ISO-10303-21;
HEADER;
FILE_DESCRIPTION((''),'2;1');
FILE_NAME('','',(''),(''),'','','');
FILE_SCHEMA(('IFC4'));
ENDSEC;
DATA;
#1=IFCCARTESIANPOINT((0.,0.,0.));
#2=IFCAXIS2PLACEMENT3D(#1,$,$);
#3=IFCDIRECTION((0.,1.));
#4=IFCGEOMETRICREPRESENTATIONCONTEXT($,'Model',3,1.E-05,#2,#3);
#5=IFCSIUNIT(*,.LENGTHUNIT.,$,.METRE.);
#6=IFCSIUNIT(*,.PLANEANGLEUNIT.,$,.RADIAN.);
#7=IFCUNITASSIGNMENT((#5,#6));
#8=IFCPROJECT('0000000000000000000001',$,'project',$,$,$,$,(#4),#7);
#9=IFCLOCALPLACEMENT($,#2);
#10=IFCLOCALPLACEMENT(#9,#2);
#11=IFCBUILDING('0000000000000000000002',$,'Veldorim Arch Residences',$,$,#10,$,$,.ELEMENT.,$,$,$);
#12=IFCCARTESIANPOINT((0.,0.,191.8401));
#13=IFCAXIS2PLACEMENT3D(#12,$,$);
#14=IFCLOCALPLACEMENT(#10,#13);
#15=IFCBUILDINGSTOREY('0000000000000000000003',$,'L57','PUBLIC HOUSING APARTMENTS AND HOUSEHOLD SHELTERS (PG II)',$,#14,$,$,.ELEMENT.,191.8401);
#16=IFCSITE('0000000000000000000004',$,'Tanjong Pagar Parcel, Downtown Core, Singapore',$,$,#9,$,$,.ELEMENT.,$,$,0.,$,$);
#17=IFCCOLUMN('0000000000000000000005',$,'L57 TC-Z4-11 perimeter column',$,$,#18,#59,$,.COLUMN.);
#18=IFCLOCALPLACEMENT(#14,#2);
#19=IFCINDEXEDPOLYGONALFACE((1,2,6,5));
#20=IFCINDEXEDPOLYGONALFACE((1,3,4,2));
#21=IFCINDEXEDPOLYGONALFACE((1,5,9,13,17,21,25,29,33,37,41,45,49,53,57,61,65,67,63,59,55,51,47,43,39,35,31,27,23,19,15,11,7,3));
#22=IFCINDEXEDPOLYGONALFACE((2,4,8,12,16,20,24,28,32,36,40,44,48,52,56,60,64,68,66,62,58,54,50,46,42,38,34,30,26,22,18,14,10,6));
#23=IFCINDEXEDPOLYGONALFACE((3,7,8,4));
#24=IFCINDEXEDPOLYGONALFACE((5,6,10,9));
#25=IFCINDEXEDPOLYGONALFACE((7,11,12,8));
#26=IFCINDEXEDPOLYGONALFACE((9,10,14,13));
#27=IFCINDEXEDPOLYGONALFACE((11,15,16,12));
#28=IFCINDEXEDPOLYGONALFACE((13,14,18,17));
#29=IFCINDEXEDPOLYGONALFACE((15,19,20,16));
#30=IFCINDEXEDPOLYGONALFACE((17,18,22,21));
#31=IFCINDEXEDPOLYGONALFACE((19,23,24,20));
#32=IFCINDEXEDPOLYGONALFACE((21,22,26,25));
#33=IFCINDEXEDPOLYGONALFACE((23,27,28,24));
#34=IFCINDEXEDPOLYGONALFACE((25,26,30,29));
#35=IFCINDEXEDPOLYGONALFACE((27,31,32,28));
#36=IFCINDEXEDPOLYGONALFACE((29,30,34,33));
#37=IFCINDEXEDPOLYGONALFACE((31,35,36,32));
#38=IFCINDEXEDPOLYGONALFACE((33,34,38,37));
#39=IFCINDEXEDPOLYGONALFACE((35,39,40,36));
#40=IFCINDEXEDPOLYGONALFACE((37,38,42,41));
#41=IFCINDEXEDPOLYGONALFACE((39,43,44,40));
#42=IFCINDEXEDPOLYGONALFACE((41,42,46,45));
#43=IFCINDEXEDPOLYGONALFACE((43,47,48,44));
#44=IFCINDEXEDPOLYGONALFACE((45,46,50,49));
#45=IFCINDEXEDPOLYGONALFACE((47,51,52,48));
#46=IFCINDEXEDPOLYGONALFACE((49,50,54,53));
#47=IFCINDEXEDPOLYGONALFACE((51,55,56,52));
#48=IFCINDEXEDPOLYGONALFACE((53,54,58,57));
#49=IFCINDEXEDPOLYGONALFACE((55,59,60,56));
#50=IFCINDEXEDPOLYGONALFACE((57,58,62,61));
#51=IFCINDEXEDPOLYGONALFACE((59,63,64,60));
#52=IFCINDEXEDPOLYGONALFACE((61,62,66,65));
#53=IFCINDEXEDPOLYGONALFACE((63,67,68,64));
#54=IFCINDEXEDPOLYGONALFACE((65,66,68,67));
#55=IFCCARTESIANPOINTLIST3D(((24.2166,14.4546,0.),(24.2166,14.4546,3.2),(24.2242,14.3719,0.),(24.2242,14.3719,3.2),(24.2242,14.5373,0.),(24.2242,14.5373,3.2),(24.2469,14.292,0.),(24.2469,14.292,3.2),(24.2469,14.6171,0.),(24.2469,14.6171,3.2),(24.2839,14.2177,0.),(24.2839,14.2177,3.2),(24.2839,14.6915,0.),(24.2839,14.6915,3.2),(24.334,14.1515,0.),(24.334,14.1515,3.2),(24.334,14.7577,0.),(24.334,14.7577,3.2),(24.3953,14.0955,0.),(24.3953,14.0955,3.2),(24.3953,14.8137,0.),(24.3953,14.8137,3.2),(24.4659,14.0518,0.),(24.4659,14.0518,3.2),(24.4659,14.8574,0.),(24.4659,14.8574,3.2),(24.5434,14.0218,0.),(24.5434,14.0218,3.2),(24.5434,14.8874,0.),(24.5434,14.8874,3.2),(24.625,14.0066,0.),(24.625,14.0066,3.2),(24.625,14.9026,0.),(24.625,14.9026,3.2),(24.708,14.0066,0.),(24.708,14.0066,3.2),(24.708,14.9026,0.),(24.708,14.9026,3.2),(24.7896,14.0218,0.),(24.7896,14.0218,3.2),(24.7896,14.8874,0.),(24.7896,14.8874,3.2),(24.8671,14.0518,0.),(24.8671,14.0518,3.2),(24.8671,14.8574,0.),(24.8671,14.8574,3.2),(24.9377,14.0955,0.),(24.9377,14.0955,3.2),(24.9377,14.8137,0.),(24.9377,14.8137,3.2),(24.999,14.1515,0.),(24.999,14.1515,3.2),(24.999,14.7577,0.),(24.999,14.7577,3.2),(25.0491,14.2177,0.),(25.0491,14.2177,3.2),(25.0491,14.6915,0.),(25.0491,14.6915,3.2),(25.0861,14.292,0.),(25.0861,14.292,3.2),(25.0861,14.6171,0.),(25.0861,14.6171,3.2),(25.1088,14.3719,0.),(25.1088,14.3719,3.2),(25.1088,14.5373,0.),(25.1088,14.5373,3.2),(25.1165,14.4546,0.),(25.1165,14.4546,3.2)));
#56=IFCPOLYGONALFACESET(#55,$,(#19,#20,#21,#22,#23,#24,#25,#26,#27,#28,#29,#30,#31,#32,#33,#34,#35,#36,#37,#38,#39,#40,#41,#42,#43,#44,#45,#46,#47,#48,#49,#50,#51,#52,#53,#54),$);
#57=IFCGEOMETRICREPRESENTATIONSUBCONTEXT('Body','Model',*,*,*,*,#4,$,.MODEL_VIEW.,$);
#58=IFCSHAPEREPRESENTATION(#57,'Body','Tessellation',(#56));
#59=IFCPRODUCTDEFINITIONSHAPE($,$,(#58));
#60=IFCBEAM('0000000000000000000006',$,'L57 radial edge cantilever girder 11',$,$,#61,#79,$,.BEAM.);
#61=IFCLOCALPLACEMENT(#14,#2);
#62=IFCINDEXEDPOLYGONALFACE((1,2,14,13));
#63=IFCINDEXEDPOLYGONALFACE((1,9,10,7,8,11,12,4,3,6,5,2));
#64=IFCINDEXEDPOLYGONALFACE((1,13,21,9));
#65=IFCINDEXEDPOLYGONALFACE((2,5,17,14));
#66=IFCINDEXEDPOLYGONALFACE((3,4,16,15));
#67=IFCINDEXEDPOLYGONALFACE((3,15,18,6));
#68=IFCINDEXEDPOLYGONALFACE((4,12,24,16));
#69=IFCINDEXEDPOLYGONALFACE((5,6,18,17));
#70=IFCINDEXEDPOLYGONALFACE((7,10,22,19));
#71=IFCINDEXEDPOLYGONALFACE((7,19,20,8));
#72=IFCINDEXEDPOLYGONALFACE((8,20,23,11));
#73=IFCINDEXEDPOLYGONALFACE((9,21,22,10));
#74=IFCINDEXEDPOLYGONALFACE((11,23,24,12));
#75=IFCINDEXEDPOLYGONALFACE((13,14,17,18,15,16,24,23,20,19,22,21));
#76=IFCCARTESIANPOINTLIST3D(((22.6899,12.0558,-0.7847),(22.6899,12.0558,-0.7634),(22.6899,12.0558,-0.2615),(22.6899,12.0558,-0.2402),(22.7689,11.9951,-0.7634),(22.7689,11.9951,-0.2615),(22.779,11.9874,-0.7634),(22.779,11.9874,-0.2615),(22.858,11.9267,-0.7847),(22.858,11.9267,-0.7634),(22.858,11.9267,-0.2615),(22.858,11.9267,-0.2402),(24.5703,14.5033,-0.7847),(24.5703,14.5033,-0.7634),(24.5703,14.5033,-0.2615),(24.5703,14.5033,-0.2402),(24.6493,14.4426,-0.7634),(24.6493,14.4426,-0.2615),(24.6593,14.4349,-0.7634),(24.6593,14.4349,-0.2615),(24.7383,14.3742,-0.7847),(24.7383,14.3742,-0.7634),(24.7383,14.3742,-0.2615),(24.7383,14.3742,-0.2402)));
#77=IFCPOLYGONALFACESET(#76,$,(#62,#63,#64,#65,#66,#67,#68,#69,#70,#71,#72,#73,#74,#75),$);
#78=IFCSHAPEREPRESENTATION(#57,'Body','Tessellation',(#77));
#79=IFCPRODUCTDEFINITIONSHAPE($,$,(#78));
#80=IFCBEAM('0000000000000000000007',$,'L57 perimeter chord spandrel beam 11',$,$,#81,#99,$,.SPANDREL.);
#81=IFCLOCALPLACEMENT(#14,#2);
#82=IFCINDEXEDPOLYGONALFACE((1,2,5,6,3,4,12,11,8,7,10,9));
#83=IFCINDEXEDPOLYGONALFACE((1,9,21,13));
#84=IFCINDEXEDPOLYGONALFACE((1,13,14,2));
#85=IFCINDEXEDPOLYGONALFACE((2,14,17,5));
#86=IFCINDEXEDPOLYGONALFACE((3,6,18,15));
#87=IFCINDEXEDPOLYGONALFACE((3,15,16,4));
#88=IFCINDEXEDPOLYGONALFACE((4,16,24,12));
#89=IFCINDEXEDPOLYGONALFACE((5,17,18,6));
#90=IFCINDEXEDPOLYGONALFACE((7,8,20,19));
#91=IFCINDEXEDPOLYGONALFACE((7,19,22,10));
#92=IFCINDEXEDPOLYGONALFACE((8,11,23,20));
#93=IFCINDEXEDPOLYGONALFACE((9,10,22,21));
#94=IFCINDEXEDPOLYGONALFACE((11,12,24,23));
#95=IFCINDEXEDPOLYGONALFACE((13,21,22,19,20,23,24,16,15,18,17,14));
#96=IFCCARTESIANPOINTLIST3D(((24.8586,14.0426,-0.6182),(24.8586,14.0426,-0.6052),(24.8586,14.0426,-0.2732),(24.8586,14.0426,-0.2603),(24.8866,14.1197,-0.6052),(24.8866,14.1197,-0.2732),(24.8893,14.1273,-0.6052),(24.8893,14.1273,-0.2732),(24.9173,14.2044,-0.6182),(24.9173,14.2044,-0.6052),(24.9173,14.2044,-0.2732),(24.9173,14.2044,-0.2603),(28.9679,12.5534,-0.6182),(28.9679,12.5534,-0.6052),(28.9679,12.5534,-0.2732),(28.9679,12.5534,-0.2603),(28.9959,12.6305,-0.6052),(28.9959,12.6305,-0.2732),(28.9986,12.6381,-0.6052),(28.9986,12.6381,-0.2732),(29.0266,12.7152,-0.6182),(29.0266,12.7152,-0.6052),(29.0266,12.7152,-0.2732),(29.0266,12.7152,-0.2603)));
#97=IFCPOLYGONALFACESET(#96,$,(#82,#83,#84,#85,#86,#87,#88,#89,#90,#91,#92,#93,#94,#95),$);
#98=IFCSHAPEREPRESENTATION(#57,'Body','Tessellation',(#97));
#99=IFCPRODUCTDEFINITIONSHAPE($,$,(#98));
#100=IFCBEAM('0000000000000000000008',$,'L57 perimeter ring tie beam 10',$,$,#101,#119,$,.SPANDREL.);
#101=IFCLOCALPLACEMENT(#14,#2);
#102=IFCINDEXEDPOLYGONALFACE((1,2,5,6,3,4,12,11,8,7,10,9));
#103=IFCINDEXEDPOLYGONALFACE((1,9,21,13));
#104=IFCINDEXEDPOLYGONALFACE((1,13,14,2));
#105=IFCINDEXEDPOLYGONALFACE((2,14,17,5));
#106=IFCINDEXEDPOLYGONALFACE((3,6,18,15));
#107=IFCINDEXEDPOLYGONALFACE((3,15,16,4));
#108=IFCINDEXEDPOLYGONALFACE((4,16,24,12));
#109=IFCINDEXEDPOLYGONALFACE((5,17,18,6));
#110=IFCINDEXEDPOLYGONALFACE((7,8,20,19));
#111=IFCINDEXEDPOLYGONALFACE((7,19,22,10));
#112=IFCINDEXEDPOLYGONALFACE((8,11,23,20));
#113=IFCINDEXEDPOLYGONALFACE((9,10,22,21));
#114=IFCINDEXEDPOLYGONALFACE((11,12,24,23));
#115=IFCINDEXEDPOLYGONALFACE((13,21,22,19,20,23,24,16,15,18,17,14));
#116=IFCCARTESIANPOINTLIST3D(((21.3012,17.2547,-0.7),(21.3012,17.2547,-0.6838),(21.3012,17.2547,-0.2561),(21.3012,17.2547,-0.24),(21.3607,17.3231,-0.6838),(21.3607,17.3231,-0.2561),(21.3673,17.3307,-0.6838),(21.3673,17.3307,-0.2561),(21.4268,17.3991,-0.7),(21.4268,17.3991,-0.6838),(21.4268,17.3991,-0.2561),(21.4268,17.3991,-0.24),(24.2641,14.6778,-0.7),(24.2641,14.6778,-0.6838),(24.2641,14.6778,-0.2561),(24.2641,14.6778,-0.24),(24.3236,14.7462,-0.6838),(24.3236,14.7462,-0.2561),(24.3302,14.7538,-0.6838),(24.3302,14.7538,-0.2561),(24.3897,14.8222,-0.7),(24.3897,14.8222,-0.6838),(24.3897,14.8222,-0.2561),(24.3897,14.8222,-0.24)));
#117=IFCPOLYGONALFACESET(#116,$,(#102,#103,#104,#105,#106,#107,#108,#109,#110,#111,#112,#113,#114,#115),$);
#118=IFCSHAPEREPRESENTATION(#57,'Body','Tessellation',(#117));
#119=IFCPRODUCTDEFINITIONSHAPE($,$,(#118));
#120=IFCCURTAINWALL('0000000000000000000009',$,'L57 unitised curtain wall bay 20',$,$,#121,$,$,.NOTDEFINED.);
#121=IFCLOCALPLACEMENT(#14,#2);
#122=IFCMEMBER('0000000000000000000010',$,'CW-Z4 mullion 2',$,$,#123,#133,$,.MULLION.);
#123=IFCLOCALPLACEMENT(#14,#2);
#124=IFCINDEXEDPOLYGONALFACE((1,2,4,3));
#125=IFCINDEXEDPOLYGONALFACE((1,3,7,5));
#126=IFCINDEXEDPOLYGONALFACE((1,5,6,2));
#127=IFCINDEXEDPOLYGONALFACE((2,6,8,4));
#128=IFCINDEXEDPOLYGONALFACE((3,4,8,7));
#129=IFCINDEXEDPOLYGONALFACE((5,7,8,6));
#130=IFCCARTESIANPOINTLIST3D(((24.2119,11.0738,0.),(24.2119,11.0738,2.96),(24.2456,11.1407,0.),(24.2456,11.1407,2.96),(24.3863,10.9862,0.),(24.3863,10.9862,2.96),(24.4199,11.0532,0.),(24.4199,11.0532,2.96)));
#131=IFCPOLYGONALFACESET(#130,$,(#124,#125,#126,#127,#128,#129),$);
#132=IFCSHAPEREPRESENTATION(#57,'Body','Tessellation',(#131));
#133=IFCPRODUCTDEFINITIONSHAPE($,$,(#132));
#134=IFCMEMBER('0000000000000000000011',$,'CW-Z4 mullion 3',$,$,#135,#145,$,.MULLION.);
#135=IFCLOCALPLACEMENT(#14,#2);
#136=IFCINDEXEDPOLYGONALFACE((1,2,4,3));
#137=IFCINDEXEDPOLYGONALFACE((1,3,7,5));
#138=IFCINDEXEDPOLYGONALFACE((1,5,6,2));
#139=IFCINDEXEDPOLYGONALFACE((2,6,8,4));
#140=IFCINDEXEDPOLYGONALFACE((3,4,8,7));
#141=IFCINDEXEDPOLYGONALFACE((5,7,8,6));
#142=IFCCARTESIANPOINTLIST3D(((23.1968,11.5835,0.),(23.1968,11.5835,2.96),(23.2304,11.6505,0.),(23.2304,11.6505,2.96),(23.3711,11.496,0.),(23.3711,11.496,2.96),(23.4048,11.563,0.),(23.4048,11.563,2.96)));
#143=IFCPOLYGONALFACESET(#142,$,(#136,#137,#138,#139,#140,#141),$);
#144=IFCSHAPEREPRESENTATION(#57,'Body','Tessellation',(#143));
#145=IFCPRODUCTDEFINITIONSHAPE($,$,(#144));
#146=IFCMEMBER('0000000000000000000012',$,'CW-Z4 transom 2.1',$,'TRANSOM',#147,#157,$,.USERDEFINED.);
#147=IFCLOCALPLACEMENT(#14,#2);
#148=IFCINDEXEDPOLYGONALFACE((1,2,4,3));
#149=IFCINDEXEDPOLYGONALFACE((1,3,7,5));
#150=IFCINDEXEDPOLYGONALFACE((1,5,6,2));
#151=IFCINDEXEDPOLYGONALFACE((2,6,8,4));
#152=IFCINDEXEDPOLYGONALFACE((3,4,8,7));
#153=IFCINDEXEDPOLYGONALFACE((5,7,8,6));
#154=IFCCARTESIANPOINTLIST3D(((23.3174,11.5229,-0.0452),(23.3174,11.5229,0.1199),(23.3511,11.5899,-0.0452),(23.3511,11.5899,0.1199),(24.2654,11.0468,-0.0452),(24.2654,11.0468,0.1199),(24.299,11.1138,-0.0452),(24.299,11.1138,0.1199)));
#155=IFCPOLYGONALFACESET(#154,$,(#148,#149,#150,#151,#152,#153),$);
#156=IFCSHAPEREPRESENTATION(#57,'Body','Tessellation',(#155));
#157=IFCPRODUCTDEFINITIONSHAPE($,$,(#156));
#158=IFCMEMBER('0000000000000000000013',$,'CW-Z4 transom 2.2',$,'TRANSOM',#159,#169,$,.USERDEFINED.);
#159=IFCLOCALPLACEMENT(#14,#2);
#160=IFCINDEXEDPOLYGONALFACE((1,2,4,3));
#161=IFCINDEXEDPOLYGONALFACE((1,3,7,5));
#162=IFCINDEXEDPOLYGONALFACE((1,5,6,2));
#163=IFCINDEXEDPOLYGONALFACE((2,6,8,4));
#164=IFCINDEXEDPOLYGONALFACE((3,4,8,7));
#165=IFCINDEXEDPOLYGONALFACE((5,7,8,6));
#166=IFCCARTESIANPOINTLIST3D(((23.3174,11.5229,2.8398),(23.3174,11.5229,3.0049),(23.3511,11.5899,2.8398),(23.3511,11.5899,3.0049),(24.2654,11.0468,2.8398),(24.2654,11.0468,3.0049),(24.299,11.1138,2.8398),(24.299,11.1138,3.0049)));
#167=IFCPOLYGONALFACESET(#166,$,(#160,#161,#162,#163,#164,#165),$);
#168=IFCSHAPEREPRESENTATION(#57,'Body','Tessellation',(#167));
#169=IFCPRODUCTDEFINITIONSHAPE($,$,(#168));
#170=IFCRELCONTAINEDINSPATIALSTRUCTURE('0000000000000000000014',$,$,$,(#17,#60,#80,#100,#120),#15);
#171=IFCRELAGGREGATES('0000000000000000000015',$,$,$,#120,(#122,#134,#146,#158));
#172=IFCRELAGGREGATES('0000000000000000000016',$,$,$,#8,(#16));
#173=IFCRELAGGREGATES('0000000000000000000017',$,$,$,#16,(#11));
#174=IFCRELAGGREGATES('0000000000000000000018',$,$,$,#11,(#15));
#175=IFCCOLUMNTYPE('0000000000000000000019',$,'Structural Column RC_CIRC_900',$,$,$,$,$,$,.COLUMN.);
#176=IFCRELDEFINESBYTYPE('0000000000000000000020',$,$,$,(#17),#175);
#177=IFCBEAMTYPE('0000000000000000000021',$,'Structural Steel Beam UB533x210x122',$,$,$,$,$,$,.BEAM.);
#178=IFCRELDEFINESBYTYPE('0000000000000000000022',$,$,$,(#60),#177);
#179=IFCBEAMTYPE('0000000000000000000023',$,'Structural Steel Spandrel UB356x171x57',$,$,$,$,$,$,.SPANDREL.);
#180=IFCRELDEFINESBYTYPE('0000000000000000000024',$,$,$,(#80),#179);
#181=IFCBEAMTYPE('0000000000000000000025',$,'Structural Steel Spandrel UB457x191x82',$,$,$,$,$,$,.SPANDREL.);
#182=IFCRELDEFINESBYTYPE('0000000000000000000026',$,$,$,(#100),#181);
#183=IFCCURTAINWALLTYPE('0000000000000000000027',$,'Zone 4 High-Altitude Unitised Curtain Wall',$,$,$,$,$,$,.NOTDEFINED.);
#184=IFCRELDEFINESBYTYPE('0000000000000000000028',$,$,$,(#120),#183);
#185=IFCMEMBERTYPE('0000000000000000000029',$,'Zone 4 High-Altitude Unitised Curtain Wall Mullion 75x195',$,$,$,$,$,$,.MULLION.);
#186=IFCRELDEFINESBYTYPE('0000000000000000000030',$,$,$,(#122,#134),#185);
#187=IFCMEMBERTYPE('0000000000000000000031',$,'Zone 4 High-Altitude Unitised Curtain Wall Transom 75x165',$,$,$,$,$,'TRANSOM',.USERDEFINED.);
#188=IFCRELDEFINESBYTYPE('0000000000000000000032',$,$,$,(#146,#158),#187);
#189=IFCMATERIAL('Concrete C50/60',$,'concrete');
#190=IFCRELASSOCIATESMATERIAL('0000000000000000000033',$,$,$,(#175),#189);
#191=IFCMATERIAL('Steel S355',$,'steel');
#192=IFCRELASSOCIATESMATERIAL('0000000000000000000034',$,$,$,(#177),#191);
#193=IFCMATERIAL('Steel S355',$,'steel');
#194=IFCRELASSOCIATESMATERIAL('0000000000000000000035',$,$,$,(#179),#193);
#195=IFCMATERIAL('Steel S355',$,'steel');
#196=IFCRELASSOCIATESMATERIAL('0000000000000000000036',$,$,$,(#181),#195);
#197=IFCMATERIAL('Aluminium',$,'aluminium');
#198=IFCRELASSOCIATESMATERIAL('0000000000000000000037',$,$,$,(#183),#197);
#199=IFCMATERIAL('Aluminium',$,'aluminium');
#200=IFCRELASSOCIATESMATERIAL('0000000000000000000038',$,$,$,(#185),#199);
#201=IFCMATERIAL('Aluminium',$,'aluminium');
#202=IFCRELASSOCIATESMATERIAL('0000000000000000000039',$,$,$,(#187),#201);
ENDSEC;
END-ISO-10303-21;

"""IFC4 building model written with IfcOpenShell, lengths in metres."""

from ifc_helpers import new_model, si_unit, direction, frame, origin, origin_2d, place, context, subcontext, project, spatial, rectangle, circle, i_section, extrude, material, material_profile, profile_set, type_object, element, aggregate, save


model = new_model("IFC4")

# Units and contexts
model_context = context("Model", 3, precision=1e-05, world=origin(), true_north=direction((0.0, 1.0)))
body_context = subcontext(model_context, "Body", "Model", "MODEL_VIEW")
ifc_project = project(units=[si_unit("LENGTHUNIT", "METRE"), si_unit("PLANEANGLEUNIT", "RADIAN")], contexts=[model_context])

# Site, building, storey
site_placement = place(None, origin())
site = spatial("IfcSite", under=ifc_project, at=site_placement, Name="Tanjong Pagar Parcel, Downtown Core, Singapore", CompositionType="ELEMENT", RefElevation=0.0)
building_placement = place(site_placement, origin())
building = spatial("IfcBuilding", under=site, at=building_placement, Name="Veldorim Arch Residences", CompositionType="ELEMENT")
storey_placement = place(building_placement, frame((0.0, 0.0, 191.8401)))
storey = spatial("IfcBuildingStorey", under=building, at=storey_placement, Name="L57", Description="PUBLIC HOUSING APARTMENTS AND HOUSEHOLD SHELTERS (PG II)", CompositionType="ELEMENT", Elevation=191.8401)

# Column
ifc_material_1 = material(Name="Concrete C50/60", Category="concrete")
ifc_material_profile_1 = material_profile(ifc_material_1, circle(Radius=0.45, at=origin_2d()), Name="RC_CIRC_900")
ifc_profile_set_1 = profile_set([ifc_material_profile_1], Name="Concrete C50/60")
column_type = type_object("IfcColumnType", Name="Structural Column RC_CIRC_900", PredefinedType="COLUMN", material=ifc_profile_set_1)
column_placement = place(storey_placement, frame((24.6665, 14.4546, 0.0), z_axis=(0.0, 0.0, 1.0), x_axis=(1.0, 0.0, 0.0)))
element("IfcColumn", 1, at=column_placement, inside=storey, type_object=column_type, Name="L57 TC-Z4-11 perimeter column", PredefinedType="COLUMN", context=body_context, shape_type="SweptSolid", body=[
    extrude(circle(Radius=0.45, at=origin_2d()), origin(), (0.0, 0.0, 1.0), 3.2),
])

# Beams
ifc_material_2 = material(Name="Steel S355", Category="steel")
ifc_material_profile_2 = material_profile(ifc_material_2, i_section(OverallWidth=0.2119, OverallDepth=0.5444, WebThickness=0.0127, FlangeThickness=0.0212, at=origin_2d()), Name="UB533x210x122")
ifc_profile_set_2 = profile_set([ifc_material_profile_2], Name="Steel S355")
beam_type_1 = type_object("IfcBeamType", Name="Structural Steel Beam UB533x210x122", PredefinedType="BEAM", material=ifc_profile_set_2)
beam_1_placement = place(storey_placement, frame((24.6543, 14.4387, -0.5125), z_axis=(-0.609237, -0.792988, 0.0), x_axis=(0.792988, -0.609237, 0.0)))
element("IfcBeam", 2, at=beam_1_placement, inside=storey, type_object=beam_type_1, Name="L57 radial edge cantilever girder 11", PredefinedType="BEAM", context=body_context, shape_type="SweptSolid", body=[
    extrude(i_section(OverallWidth=0.2119, OverallDepth=0.5444, WebThickness=0.0127, FlangeThickness=0.0212, at=origin_2d()), origin(), (0.0, 0.0, 1.0), 3.0864),
])
ifc_material_3 = material(Name="Steel S355", Category="steel")
ifc_material_profile_3 = material_profile(ifc_material_3, i_section(OverallWidth=0.1721, OverallDepth=0.3579, WebThickness=0.0081, FlangeThickness=0.0129, at=origin_2d()), Name="UB356x171x57")
ifc_profile_set_3 = profile_set([ifc_material_profile_3], Name="Steel S355")
beam_type_2 = type_object("IfcBeamType", Name="Structural Steel Spandrel UB356x171x57", PredefinedType="SPANDREL", material=ifc_profile_set_3)
beam_2_placement = place(storey_placement, frame((24.8879, 14.1235, -0.4392), z_axis=(0.940165, -0.34072, 0.0), x_axis=(0.34072, 0.940165, 0.0)))
element("IfcBeam", 3, at=beam_2_placement, inside=storey, type_object=beam_type_2, Name="L57 perimeter chord spandrel beam 11", PredefinedType="SPANDREL", context=body_context, shape_type="SweptSolid", body=[
    extrude(i_section(OverallWidth=0.1721, OverallDepth=0.3579, WebThickness=0.0081, FlangeThickness=0.0129, at=origin_2d()), origin(), (0.0, 0.0, 1.0), 4.3708),
])
ifc_material_4 = material(Name="Steel S355", Category="steel")
ifc_material_profile_4 = material_profile(ifc_material_4, i_section(OverallWidth=0.1914, OverallDepth=0.46, WebThickness=0.01, FlangeThickness=0.0161, at=origin_2d()), Name="UB457x191x82")
ifc_profile_set_4 = profile_set([ifc_material_profile_4], Name="Steel S355")
beam_type_3 = type_object("IfcBeamType", Name="Structural Steel Spandrel UB457x191x82", PredefinedType="SPANDREL", material=ifc_profile_set_4)
beam_3_placement = place(storey_placement, frame((21.364, 17.3269, -0.47), z_axis=(0.754545, -0.656248, 0.0), x_axis=(0.656248, 0.754545, 0.0)))
element("IfcBeam", 4, at=beam_3_placement, inside=storey, type_object=beam_type_3, Name="L57 perimeter ring tie beam 10", PredefinedType="SPANDREL", context=body_context, shape_type="SweptSolid", body=[
    extrude(i_section(OverallWidth=0.1914, OverallDepth=0.46, WebThickness=0.01, FlangeThickness=0.0161, at=origin_2d()), origin(), (0.0, 0.0, 1.0), 3.9268),
])

# Curtain wall, members
ifc_material_5 = material(Name="Aluminium", Category="aluminium")
curtain_wall_type = type_object("IfcCurtainWallType", Name="Zone 4 High-Altitude Unitised Curtain Wall", PredefinedType="NOTDEFINED", material=ifc_material_5)
curtain_wall_placement = place(storey_placement, origin())
curtain_wall = element("IfcCurtainWall", 5, at=curtain_wall_placement, inside=storey, type_object=curtain_wall_type, Name="L57 unitised curtain wall bay 20", PredefinedType="NOTDEFINED")
ifc_material_6 = material(Name="Aluminium", Category="aluminium")
ifc_material_profile_5 = material_profile(ifc_material_6, rectangle(XDim=0.075, YDim=0.1951, at=origin_2d()), Name="ALU_MUL_75x195")
ifc_profile_set_5 = profile_set([ifc_material_profile_5], Name="Aluminium")
member_type_1 = type_object("IfcMemberType", Name="Zone 4 High-Altitude Unitised Curtain Wall Mullion 75x195", PredefinedType="MULLION", material=ifc_profile_set_5)
member_1_placement = place(storey_placement, frame((24.3159, 11.0635, 0.0), z_axis=(0.0, 0.0, 1.0), x_axis=(-0.448866, -0.893599, 0.0)))
member_1 = element("IfcMember", 6, at=member_1_placement, type_object=member_type_1, Name="CW-Z4 mullion 2", PredefinedType="MULLION", context=body_context, shape_type="SweptSolid", body=[
    extrude(rectangle(XDim=0.075, YDim=0.1951, at=origin_2d()), origin(), (0.0, 0.0, 1.0), 2.96),
])
member_2_placement = place(storey_placement, frame((23.3008, 11.5732, 0.0), z_axis=(0.0, 0.0, 1.0), x_axis=(-0.448866, -0.893599, 0.0)))
member_2 = element("IfcMember", 7, at=member_2_placement, type_object=member_type_1, Name="CW-Z4 mullion 3", PredefinedType="MULLION", context=body_context, shape_type="SweptSolid", body=[
    extrude(rectangle(XDim=0.075, YDim=0.1951, at=origin_2d()), origin(), (0.0, 0.0, 1.0), 2.96),
])
ifc_material_7 = material(Name="Aluminium", Category="aluminium")
ifc_material_profile_6 = material_profile(ifc_material_7, rectangle(XDim=0.075, YDim=0.165, at=origin_2d()), Name="ALU_TRN_75x165")
ifc_profile_set_6 = profile_set([ifc_material_profile_6], Name="Aluminium")
member_type_2 = type_object("IfcMemberType", Name="Zone 4 High-Altitude Unitised Curtain Wall Transom 75x165", ElementType="TRANSOM", PredefinedType="USERDEFINED", material=ifc_profile_set_6)
member_3_placement = place(storey_placement, frame((24.2822, 11.0803, 0.0374), z_axis=(-0.893643, 0.448778, 0.0), x_axis=(-0.448778, -0.893643, 0.0)))
member_3 = element("IfcMember", 8, at=member_3_placement, type_object=member_type_2, Name="CW-Z4 transom 2.1", ObjectType="TRANSOM", PredefinedType="USERDEFINED", context=body_context, shape_type="SweptSolid", body=[
    extrude(rectangle(XDim=0.075, YDim=0.165, at=origin_2d()), origin(), (0.0, 0.0, 1.0), 1.0608),
])
member_4_placement = place(storey_placement, frame((24.2822, 11.0803, 2.9224), z_axis=(-0.893643, 0.448778, 0.0), x_axis=(-0.448778, -0.893643, 0.0)))
member_4 = element("IfcMember", 9, at=member_4_placement, type_object=member_type_2, Name="CW-Z4 transom 2.2", ObjectType="TRANSOM", PredefinedType="USERDEFINED", context=body_context, shape_type="SweptSolid", body=[
    extrude(rectangle(XDim=0.075, YDim=0.165, at=origin_2d()), origin(), (0.0, 0.0, 1.0), 1.0608),
])
aggregate(curtain_wall, [member_1, member_2, member_3, member_4])

save(model, "model.ifc")
